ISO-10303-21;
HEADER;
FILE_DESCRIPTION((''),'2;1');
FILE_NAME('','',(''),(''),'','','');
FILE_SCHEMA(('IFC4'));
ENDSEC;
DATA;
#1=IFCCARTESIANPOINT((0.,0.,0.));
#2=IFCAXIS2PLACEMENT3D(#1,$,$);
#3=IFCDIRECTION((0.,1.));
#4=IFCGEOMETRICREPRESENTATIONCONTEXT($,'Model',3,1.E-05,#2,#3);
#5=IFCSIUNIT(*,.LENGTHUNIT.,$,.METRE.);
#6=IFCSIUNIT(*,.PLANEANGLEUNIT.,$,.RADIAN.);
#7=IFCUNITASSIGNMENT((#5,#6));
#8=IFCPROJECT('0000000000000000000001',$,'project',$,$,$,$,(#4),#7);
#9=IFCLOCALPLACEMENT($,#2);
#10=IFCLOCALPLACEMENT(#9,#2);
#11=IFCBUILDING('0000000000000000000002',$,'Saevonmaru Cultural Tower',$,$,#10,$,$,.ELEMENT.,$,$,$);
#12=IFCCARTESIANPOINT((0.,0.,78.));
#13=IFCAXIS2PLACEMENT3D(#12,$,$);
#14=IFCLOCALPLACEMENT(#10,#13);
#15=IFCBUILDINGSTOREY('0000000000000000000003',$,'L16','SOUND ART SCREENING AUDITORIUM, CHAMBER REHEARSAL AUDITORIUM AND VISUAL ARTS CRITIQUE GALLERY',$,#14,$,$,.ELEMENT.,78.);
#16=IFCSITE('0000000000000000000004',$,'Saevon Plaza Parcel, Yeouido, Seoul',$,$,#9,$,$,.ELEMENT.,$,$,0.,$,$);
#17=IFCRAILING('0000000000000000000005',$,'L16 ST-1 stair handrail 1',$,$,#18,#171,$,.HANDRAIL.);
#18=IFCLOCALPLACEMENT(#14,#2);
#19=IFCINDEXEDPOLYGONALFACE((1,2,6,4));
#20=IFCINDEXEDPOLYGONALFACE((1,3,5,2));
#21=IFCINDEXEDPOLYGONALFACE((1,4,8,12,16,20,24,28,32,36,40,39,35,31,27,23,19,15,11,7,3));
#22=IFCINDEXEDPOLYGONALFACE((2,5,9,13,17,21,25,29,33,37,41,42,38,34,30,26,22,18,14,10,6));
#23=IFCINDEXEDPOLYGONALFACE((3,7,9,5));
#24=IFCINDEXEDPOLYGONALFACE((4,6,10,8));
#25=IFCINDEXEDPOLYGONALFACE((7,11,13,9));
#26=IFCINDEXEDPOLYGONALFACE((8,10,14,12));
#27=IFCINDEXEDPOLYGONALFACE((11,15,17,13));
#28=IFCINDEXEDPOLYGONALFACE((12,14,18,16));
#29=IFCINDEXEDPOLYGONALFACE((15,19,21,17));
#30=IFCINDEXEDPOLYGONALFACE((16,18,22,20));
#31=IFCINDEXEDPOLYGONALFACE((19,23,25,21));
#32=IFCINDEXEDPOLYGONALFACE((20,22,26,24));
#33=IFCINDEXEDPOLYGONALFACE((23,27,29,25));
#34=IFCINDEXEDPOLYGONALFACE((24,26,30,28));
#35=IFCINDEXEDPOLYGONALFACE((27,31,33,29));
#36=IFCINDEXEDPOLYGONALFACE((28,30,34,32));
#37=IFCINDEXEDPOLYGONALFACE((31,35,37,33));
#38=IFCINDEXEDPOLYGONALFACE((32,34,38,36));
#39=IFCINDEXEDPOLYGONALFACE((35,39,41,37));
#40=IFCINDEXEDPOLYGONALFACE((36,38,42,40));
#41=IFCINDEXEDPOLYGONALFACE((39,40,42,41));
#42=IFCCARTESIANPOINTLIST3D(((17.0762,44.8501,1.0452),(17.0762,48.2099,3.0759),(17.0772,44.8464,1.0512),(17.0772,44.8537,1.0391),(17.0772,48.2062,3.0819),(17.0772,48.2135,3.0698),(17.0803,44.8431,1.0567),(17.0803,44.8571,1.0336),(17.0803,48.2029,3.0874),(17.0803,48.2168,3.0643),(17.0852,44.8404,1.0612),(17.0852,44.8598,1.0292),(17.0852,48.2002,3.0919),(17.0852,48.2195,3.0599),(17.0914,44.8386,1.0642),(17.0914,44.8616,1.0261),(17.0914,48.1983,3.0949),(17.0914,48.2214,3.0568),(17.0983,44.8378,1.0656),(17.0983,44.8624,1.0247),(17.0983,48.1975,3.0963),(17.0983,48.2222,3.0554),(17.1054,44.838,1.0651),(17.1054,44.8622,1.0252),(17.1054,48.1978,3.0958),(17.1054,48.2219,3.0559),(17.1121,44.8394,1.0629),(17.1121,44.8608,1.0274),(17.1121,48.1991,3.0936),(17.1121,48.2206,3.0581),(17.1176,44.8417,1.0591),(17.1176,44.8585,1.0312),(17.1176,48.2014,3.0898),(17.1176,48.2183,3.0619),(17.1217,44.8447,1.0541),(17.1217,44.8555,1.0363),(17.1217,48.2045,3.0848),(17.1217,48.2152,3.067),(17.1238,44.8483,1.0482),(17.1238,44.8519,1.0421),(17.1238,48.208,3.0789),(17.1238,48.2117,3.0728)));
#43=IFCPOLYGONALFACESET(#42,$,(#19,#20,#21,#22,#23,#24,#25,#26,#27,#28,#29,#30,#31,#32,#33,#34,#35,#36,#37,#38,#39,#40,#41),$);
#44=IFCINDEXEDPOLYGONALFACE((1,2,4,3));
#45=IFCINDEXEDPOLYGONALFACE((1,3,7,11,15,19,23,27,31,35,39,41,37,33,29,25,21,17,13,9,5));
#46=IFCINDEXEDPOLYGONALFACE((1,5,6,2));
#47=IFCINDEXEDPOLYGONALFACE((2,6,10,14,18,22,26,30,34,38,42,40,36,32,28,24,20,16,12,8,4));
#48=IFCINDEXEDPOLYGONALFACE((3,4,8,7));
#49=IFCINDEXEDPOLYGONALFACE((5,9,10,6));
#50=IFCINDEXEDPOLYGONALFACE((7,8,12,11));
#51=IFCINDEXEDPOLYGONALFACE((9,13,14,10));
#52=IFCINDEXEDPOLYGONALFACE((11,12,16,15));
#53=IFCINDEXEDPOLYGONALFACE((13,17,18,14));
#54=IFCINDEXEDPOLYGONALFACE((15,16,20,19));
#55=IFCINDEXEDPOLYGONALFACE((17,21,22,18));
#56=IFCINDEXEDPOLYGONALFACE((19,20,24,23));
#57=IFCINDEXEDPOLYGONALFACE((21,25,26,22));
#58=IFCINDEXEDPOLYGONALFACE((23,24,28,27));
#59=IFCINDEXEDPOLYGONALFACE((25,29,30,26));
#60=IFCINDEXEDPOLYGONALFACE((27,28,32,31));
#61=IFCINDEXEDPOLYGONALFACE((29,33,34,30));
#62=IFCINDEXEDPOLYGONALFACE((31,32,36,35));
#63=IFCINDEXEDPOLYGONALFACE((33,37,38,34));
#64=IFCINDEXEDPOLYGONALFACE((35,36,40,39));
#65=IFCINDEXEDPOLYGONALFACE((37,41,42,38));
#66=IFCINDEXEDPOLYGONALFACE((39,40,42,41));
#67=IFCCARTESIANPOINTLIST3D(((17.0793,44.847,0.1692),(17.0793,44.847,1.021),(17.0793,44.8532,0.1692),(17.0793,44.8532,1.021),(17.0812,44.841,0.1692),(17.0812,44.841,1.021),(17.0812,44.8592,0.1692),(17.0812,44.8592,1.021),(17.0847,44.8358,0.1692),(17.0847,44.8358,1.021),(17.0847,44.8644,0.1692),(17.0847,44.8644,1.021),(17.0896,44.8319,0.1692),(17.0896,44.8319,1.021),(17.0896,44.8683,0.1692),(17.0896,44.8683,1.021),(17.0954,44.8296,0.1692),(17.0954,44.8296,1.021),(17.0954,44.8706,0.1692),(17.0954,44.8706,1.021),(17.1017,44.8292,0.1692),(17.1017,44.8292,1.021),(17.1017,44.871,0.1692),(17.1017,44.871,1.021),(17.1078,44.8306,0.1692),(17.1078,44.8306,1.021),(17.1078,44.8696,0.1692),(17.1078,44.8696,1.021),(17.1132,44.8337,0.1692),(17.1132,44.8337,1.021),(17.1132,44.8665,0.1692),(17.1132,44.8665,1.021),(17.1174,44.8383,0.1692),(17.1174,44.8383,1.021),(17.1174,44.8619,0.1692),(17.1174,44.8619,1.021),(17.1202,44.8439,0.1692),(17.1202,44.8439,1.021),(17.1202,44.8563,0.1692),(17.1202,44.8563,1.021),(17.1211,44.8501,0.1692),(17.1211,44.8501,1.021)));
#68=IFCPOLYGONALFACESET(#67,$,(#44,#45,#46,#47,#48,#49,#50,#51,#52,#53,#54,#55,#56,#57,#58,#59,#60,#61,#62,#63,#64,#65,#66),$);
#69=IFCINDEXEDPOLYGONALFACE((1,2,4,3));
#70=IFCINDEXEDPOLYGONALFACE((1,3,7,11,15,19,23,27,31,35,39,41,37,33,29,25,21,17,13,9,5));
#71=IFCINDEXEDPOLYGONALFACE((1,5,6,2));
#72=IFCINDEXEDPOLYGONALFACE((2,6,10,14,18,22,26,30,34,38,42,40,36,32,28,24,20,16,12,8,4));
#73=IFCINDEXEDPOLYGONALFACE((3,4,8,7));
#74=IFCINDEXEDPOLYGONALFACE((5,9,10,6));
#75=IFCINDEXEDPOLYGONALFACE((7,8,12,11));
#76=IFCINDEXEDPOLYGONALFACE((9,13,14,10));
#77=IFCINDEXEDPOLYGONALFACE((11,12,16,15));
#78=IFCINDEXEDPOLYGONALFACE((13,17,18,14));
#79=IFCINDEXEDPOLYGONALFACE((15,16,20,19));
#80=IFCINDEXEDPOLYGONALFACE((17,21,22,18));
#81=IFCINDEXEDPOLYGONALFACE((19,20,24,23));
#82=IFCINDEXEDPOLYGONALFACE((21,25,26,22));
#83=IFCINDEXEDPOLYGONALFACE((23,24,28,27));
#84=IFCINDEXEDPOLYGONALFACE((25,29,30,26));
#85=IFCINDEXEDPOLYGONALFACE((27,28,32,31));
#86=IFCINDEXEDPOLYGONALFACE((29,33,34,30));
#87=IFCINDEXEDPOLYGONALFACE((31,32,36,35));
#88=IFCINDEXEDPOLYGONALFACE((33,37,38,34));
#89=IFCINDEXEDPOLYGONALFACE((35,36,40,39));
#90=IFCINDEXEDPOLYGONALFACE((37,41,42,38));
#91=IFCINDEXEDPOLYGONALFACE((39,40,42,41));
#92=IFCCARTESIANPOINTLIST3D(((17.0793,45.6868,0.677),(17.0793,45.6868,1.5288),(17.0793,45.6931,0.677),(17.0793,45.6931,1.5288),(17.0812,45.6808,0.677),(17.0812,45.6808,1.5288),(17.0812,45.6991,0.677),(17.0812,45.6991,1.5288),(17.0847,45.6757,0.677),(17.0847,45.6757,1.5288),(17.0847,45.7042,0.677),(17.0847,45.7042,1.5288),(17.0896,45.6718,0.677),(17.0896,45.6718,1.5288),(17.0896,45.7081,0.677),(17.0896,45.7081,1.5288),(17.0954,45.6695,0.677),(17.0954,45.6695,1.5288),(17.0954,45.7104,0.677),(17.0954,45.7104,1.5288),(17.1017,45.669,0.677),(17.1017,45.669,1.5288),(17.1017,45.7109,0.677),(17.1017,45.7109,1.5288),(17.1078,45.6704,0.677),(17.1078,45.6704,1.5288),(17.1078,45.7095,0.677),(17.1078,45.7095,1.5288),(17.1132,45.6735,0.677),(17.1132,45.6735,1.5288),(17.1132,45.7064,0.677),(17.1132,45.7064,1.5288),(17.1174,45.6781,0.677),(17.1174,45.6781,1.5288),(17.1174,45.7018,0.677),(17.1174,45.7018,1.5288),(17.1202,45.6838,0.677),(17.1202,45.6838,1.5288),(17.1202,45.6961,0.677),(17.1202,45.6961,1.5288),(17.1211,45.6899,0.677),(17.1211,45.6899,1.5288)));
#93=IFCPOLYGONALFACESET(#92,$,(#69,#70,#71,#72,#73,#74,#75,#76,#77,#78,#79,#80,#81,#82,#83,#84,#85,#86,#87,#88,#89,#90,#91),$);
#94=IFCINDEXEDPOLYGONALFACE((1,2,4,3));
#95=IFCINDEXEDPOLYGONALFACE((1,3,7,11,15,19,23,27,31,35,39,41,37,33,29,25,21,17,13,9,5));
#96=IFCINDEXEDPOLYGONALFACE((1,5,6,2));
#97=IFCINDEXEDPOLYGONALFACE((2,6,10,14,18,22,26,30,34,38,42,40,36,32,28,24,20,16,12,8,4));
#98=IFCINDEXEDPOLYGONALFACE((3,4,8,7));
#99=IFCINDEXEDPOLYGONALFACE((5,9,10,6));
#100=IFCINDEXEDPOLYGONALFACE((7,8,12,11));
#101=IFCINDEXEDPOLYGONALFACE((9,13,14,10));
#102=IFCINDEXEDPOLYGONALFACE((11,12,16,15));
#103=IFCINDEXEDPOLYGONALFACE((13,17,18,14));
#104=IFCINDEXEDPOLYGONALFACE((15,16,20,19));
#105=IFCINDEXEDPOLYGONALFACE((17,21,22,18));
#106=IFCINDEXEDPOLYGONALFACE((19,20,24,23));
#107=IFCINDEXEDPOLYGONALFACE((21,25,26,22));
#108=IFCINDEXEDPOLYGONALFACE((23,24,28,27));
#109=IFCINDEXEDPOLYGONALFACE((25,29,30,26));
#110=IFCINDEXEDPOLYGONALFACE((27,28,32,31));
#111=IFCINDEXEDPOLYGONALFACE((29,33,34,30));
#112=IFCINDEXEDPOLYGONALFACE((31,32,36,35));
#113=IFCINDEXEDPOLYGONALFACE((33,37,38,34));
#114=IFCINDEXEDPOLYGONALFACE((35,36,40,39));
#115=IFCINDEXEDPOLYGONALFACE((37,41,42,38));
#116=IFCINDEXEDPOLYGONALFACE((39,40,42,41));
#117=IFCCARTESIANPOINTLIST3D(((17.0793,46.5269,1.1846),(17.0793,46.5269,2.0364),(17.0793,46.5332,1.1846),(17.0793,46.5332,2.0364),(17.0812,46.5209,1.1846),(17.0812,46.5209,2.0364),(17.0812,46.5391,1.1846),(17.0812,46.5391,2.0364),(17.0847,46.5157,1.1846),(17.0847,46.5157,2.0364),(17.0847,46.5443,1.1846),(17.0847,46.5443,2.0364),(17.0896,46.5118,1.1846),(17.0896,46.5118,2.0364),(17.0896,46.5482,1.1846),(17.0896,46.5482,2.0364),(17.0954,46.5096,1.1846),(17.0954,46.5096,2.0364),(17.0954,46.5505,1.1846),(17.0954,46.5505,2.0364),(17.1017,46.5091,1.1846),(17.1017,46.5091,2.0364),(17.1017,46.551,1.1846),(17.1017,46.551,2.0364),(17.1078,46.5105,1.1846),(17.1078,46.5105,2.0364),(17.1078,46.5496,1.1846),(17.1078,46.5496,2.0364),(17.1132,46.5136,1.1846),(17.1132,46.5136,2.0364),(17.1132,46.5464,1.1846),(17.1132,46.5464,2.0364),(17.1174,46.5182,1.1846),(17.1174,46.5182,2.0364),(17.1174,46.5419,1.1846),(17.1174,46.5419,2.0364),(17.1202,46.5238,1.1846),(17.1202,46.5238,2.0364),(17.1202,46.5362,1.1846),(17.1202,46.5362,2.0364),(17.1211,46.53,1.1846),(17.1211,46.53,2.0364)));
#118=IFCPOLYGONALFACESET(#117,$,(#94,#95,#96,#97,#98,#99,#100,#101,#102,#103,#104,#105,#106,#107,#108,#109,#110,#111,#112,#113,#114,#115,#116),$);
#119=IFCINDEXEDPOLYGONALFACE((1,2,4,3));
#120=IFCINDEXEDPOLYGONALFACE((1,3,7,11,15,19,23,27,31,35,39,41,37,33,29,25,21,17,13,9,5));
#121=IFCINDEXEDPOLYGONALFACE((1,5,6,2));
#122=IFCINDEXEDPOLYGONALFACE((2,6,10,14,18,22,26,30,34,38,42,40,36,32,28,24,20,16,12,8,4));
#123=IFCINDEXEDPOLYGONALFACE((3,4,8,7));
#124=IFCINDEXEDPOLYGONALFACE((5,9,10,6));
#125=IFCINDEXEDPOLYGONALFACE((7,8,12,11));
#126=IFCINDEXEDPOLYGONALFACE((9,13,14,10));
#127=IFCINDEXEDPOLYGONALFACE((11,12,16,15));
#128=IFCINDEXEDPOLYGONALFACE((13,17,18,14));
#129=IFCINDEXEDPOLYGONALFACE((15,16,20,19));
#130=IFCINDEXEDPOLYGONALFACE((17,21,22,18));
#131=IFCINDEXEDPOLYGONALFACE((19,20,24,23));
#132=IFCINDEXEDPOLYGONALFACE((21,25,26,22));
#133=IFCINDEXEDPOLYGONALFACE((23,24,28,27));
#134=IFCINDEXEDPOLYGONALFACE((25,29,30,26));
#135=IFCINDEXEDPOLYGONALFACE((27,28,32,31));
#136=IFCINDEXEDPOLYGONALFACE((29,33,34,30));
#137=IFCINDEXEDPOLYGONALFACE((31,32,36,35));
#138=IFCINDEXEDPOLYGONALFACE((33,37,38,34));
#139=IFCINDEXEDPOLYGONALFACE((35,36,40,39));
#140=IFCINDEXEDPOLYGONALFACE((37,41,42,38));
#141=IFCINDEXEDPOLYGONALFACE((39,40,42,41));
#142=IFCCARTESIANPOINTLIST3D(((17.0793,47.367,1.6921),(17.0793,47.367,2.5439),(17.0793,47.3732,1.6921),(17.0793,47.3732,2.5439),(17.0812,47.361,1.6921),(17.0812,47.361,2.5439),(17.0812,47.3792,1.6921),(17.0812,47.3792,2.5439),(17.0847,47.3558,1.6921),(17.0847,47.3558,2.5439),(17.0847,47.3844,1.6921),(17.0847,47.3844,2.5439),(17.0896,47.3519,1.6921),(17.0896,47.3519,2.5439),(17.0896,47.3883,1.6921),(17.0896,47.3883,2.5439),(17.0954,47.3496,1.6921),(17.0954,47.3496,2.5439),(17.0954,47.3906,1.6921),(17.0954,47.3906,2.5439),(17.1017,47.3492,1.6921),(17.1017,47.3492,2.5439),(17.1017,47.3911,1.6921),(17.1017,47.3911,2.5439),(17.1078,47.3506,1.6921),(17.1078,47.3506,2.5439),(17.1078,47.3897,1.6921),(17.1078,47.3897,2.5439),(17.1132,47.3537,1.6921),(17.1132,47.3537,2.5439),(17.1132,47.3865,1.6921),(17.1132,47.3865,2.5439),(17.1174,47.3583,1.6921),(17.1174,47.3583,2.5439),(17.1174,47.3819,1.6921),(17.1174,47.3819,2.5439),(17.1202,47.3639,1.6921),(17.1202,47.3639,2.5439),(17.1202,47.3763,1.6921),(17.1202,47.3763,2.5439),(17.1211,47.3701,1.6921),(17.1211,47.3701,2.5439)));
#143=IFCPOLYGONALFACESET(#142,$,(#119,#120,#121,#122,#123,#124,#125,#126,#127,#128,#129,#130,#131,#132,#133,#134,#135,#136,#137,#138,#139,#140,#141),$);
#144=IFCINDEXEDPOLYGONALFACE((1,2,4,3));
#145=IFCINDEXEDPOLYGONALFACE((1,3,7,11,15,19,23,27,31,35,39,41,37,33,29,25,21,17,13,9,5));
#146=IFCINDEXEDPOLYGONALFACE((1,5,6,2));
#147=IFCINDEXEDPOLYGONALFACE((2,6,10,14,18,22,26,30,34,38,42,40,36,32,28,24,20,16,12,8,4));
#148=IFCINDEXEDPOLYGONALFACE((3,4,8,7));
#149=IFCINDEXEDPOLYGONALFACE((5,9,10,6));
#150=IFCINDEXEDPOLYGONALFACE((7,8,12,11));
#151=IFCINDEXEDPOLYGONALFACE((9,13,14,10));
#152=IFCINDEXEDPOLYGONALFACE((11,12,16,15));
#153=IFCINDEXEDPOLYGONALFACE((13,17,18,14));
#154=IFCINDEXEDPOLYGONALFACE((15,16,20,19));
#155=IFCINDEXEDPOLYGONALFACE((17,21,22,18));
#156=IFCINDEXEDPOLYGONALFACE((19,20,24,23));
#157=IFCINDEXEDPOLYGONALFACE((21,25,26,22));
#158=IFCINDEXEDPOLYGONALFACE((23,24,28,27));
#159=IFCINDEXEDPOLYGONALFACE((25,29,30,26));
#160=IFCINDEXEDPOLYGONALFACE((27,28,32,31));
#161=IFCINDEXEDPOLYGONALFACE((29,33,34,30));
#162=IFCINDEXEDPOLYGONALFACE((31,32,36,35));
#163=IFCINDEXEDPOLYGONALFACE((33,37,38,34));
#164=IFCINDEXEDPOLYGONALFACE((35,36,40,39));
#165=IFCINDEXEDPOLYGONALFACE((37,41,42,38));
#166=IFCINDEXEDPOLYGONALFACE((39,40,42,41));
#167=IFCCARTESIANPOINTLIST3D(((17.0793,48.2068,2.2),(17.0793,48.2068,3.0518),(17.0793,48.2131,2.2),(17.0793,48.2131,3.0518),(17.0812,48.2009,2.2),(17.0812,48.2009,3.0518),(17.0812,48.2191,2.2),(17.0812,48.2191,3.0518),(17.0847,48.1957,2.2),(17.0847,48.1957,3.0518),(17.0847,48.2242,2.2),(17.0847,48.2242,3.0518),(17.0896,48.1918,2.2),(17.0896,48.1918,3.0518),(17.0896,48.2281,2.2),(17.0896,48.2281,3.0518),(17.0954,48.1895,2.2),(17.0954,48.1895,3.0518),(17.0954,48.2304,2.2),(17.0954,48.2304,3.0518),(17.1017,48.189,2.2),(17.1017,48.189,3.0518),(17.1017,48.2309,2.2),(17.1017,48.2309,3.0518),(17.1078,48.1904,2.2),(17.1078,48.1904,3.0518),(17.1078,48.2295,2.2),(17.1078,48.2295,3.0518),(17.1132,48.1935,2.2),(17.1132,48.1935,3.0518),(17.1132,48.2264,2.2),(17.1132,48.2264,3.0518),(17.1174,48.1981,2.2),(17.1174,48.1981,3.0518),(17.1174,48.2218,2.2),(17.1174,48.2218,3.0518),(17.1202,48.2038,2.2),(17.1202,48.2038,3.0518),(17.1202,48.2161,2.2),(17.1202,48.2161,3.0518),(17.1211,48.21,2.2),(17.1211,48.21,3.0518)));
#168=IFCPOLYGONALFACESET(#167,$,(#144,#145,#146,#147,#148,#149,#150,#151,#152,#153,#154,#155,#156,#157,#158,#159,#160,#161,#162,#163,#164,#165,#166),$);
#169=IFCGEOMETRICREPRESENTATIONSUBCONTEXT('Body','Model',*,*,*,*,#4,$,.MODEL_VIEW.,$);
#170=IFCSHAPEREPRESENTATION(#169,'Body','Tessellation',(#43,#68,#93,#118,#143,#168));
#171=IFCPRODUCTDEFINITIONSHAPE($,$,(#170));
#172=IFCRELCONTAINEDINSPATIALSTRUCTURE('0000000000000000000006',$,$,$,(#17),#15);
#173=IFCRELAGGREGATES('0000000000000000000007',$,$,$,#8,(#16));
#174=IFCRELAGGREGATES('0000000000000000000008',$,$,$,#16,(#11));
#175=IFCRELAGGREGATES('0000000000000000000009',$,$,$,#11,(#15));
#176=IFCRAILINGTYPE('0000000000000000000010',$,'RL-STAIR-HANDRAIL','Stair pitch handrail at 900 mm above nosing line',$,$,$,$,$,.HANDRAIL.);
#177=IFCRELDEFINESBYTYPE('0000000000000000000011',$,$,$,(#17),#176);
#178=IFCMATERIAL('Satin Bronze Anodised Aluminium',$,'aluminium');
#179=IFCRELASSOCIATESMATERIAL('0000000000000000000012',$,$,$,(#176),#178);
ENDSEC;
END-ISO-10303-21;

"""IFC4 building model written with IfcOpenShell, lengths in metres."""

from ifc_helpers import new_model, si_unit, direction, frame, origin, origin_2d, place, context, subcontext, project, spatial, circle, extrude, material, type_object, element, save


model = new_model("IFC4")

# Units and contexts
model_context = context("Model", 3, precision=1e-05, world=origin(), true_north=direction((0.0, 1.0)))
body_context = subcontext(model_context, "Body", "Model", "MODEL_VIEW")
ifc_project = project(units=[si_unit("LENGTHUNIT", "METRE"), si_unit("PLANEANGLEUNIT", "RADIAN")], contexts=[model_context])

# Site, building, storey
site_placement = place(None, origin())
site = spatial("IfcSite", under=ifc_project, at=site_placement, Name="Saevon Plaza Parcel, Yeouido, Seoul", CompositionType="ELEMENT", RefElevation=0.0)
building_placement = place(site_placement, origin())
building = spatial("IfcBuilding", under=site, at=building_placement, Name="Saevonmaru Cultural Tower", CompositionType="ELEMENT")
storey_placement = place(building_placement, frame((0.0, 0.0, 78.0)))
storey = spatial("IfcBuildingStorey", under=building, at=storey_placement, Name="L16", Description="SOUND ART SCREENING AUDITORIUM, CHAMBER REHEARSAL AUDITORIUM AND VISUAL ARTS CRITIQUE GALLERY", CompositionType="ELEMENT", Elevation=78.0)

# Shared definitions
ifc_material_1 = material(Name="Satin Bronze Anodised Aluminium", Category="aluminium")

# Railing
railing_type_1 = type_object("IfcRailingType", Name="RL-STAIR-HANDRAIL", Description="Stair pitch handrail at 900 mm above nosing line", PredefinedType="HANDRAIL", material=ifc_material_1)
railing_1_placement = place(storey_placement, frame((17.1001, 44.8501, 0.1692)))
element("IfcRailing", 1, at=railing_1_placement, inside=storey, type_object=railing_type_1, Name="L16 ST-1 stair handrail 1", PredefinedType="HANDRAIL", context=body_context, shape_type="SweptSolid", body=[
    extrude(circle(Radius=0.0239, at=origin_2d()), frame((0.0, 0.0, 0.876), z_axis=(0.0, 0.85582, 0.517273), x_axis=(-1.0, 0.0, 0.0)), (0.0, 0.0, 1.0), 3.9258),
    extrude(circle(Radius=0.021, at=origin_2d()), origin(), (0.0, 0.0, 1.0), 0.8518),
    extrude(circle(Radius=0.021, at=origin_2d()), frame((0.0, 0.8398, 0.5078)), (0.0, 0.0, 1.0), 0.8518),
    extrude(circle(Radius=0.021, at=origin_2d()), frame((0.0, 1.6799, 1.0154)), (0.0, 0.0, 1.0), 0.8518),
    extrude(circle(Radius=0.021, at=origin_2d()), frame((0.0, 2.52, 1.5229)), (0.0, 0.0, 1.0), 0.8518),
    extrude(circle(Radius=0.021, at=origin_2d()), frame((0.0, 3.3599, 2.0308)), (0.0, 0.0, 1.0), 0.8518),
])

save(model, "model.ifc")
